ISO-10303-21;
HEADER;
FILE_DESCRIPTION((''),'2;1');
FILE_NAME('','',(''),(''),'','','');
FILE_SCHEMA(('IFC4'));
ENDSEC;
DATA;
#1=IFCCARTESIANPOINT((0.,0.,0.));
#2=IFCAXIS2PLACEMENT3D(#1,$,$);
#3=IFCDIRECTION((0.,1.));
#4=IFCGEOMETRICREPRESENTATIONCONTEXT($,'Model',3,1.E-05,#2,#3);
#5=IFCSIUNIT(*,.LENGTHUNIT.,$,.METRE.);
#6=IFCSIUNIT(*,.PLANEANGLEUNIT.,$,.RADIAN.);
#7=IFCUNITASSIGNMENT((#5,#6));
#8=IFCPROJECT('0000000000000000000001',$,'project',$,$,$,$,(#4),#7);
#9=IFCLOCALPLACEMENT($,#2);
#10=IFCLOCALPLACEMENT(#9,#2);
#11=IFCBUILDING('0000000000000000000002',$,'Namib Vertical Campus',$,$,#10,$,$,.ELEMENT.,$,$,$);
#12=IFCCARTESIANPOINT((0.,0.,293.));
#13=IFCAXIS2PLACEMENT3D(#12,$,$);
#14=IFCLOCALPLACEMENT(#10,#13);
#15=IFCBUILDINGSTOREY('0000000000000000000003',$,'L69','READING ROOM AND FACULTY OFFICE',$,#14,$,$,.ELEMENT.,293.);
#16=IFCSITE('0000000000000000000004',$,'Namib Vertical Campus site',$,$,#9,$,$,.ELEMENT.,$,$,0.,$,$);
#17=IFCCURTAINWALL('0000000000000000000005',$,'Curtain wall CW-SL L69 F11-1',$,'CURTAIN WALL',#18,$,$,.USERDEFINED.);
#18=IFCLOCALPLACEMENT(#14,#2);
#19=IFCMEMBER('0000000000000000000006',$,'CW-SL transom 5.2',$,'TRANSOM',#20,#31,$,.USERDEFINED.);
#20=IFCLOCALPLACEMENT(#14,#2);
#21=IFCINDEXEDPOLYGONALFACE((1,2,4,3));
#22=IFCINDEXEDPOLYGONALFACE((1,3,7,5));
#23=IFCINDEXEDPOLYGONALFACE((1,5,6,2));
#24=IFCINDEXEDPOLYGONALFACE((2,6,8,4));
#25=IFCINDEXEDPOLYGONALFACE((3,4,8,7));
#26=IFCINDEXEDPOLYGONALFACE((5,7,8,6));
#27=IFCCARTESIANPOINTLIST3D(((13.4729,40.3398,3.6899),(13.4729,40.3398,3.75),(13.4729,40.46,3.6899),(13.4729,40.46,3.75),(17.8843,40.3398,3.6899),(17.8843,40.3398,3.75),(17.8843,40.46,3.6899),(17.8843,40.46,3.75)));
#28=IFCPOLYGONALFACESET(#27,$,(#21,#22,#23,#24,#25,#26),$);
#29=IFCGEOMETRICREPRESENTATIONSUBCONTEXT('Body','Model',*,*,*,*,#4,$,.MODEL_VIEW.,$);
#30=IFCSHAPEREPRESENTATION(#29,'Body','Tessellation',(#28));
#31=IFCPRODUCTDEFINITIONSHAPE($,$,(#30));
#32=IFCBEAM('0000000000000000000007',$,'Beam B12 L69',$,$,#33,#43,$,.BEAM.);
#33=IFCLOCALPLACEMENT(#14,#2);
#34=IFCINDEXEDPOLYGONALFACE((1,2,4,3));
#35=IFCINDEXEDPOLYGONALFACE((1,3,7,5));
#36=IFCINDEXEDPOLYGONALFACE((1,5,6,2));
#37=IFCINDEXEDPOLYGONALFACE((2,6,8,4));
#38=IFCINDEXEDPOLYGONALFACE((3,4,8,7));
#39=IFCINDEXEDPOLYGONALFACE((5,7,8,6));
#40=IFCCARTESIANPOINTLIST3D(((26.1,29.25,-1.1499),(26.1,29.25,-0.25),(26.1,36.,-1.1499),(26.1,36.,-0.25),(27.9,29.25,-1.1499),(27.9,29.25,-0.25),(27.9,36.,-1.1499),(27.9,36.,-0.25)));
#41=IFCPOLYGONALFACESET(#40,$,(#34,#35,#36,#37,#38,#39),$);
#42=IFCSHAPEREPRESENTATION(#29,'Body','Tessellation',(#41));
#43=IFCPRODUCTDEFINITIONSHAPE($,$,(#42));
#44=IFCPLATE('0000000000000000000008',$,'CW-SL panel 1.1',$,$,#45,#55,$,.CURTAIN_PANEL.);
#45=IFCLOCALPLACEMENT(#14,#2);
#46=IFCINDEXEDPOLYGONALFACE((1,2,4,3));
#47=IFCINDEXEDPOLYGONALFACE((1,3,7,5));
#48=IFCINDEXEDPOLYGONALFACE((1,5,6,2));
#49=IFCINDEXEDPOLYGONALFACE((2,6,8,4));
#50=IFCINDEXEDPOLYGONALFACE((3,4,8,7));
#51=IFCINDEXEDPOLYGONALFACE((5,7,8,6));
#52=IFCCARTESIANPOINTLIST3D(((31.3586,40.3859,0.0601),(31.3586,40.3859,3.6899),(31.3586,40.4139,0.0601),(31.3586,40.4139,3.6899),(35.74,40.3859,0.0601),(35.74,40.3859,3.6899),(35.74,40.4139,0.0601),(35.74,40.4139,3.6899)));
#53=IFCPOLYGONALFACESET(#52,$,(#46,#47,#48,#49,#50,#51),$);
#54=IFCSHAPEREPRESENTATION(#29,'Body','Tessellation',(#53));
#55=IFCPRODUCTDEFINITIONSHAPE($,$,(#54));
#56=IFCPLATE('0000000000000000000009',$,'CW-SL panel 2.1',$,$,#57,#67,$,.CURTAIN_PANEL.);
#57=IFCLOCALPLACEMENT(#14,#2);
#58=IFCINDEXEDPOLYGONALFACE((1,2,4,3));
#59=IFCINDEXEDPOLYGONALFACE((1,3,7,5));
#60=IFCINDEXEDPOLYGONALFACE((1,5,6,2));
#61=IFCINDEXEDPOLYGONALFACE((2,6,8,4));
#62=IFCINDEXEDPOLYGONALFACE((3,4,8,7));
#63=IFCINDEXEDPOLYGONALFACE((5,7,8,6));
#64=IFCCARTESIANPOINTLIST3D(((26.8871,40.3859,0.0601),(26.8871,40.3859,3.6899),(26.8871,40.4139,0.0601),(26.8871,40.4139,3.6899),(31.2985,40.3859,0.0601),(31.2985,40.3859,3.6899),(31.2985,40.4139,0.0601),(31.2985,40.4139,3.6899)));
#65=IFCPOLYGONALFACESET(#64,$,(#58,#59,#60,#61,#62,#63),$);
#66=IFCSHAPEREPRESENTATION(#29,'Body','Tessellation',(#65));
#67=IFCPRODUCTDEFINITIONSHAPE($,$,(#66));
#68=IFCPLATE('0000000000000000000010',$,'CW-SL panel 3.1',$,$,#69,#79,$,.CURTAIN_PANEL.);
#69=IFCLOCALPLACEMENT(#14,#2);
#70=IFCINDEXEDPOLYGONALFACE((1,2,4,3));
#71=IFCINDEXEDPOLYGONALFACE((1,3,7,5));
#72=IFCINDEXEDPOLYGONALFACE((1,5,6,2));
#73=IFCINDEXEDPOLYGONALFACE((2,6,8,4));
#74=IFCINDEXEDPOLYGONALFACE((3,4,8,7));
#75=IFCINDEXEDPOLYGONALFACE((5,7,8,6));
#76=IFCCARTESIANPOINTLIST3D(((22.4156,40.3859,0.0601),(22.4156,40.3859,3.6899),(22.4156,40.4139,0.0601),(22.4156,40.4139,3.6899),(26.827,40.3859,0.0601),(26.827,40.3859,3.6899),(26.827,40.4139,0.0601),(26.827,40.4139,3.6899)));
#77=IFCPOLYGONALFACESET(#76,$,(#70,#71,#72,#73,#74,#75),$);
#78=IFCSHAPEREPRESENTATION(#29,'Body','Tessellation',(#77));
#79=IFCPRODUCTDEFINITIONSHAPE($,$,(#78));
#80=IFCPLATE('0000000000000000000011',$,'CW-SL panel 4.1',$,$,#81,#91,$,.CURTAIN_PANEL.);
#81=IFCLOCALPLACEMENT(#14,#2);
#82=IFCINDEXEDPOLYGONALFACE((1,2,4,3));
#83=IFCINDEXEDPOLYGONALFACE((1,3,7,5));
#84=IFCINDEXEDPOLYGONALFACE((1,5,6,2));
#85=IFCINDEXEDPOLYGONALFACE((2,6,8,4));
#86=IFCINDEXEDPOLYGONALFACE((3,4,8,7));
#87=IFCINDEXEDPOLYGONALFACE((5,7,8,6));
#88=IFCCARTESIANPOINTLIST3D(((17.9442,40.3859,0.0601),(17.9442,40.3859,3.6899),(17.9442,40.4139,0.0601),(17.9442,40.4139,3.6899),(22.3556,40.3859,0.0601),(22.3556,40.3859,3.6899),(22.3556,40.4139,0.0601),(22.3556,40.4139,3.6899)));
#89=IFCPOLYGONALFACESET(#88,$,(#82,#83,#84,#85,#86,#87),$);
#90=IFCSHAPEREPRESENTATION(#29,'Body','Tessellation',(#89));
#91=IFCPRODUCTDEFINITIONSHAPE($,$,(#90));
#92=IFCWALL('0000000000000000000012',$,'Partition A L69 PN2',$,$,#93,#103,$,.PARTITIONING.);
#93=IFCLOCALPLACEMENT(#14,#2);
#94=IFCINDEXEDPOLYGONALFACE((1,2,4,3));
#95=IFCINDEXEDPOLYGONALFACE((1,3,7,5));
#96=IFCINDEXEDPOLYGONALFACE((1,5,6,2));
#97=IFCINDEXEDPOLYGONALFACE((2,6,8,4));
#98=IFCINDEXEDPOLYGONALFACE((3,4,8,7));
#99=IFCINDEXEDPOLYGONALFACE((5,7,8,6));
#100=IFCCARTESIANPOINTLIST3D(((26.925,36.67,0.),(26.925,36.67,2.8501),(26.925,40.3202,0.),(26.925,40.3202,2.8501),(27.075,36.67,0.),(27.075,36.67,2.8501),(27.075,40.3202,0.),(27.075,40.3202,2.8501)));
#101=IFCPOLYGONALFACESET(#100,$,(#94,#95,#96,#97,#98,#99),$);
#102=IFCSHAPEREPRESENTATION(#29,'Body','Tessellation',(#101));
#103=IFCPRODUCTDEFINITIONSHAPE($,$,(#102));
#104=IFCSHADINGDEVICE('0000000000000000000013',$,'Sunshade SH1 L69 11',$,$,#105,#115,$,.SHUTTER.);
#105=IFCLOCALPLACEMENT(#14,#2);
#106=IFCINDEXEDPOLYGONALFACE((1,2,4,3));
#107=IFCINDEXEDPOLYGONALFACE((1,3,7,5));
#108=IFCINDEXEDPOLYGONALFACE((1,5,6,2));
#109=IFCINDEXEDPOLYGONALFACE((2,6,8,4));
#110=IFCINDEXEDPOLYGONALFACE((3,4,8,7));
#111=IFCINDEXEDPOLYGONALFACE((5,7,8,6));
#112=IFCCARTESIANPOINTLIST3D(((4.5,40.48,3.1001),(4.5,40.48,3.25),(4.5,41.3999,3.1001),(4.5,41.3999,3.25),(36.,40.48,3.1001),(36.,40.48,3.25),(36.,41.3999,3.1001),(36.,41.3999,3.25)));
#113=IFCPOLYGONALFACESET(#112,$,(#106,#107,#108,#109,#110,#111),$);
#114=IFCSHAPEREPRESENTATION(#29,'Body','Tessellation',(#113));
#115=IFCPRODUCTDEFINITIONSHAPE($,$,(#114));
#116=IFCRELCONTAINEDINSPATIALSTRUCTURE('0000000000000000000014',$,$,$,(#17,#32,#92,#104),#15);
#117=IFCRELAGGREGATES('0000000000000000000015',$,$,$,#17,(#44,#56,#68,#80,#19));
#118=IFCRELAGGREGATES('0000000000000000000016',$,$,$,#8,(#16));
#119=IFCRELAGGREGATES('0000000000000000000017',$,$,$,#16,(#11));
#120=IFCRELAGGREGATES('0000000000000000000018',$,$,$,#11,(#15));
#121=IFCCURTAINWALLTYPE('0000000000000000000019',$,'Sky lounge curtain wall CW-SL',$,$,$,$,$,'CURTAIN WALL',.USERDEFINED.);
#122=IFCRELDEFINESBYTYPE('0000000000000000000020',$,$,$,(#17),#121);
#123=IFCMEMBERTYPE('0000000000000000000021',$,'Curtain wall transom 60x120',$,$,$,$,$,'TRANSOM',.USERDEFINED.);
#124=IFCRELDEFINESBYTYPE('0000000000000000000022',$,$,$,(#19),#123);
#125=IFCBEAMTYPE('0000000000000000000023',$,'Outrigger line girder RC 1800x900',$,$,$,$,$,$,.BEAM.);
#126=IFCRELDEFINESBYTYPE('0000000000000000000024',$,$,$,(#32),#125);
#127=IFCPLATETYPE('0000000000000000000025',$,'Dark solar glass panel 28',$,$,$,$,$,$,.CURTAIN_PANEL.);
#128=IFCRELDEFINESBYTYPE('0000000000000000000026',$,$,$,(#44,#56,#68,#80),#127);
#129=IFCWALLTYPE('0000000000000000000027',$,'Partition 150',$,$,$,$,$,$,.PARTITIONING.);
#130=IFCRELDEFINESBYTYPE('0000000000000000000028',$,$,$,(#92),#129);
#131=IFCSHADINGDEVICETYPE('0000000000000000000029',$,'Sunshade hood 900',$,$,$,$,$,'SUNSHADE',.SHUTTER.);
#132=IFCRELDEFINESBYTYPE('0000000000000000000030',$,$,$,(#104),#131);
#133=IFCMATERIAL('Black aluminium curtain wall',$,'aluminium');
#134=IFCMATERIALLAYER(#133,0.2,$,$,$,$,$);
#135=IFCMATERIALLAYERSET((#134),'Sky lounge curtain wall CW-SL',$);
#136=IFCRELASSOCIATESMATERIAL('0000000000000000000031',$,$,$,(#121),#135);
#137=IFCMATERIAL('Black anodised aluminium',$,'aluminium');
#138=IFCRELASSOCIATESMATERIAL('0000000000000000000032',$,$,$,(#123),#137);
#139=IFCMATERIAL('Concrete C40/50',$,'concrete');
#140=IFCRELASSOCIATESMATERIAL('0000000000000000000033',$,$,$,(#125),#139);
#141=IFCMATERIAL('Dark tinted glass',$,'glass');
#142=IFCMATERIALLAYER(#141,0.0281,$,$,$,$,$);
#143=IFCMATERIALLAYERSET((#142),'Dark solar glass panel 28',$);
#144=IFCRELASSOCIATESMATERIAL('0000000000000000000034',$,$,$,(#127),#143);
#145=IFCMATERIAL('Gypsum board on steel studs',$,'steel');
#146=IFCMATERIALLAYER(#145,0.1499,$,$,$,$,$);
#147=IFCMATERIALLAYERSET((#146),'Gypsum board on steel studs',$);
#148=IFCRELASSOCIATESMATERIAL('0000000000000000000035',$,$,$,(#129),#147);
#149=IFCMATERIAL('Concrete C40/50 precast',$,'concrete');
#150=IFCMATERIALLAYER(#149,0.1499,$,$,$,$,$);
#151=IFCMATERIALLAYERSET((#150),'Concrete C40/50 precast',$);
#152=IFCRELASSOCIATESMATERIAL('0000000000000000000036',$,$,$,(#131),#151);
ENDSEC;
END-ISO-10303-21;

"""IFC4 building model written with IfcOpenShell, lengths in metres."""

from ifc_helpers import new_model, si_unit, direction, frame, frame_2d, origin, origin_2d, place, context, subcontext, project, spatial, rectangle, extrude, material, layer, layer_set, material_profile, profile_set, type_object, element, aggregate, save


model = new_model("IFC4")

# Units and contexts
model_context = context("Model", 3, precision=1e-05, world=origin(), true_north=direction((0.0, 1.0)))
body_context = subcontext(model_context, "Body", "Model", "MODEL_VIEW")
ifc_project = project(units=[si_unit("LENGTHUNIT", "METRE"), si_unit("PLANEANGLEUNIT", "RADIAN")], contexts=[model_context])

# Site, building, storey
site_placement = place(None, origin())
site = spatial("IfcSite", under=ifc_project, at=site_placement, Name="Namib Vertical Campus site", CompositionType="ELEMENT", RefElevation=0.0)
building_placement = place(site_placement, origin())
building = spatial("IfcBuilding", under=site, at=building_placement, Name="Namib Vertical Campus", CompositionType="ELEMENT")
storey_placement = place(building_placement, frame((0.0, 0.0, 293.0)))
storey = spatial("IfcBuildingStorey", under=building, at=storey_placement, Name="L69", Description="READING ROOM AND FACULTY OFFICE", CompositionType="ELEMENT", Elevation=293.0)

# Curtain wall, member
ifc_material_1 = material(Name="Black aluminium curtain wall", Category="aluminium")
ifc_layer_1 = layer(ifc_material_1, 0.2)
ifc_layer_set_1 = layer_set([ifc_layer_1], Name="Sky lounge curtain wall CW-SL")
curtain_wall_type = type_object("IfcCurtainWallType", Name="Sky lounge curtain wall CW-SL", ElementType="CURTAIN WALL", PredefinedType="USERDEFINED", material=ifc_layer_set_1)
curtain_wall_placement = place(storey_placement, origin())
curtain_wall = element("IfcCurtainWall", 1, at=curtain_wall_placement, inside=storey, type_object=curtain_wall_type, Name="Curtain wall CW-SL L69 F11-1", ObjectType="CURTAIN WALL", PredefinedType="USERDEFINED")
ifc_material_2 = material(Name="Black anodised aluminium", Category="aluminium")
ifc_material_profile_1 = material_profile(ifc_material_2, rectangle(XDim=0.0601, YDim=0.1201, at=origin_2d()))
ifc_profile_set_1 = profile_set([ifc_material_profile_1], Name="Black anodised aluminium")
member_type_1 = type_object("IfcMemberType", Name="Curtain wall transom 60x120", ElementType="TRANSOM", PredefinedType="USERDEFINED", material=ifc_profile_set_1)
member_1_placement = place(storey_placement, frame((17.8843, 40.3999, 3.72), z_axis=(-1.0, 0.0, 0.0), x_axis=(0.0, 0.0, 1.0)))
member_1 = element("IfcMember", 2, at=member_1_placement, type_object=member_type_1, Name="CW-SL transom 5.2", ObjectType="TRANSOM", PredefinedType="USERDEFINED", context=body_context, shape_type="SweptSolid", body=[
    extrude(rectangle(XDim=0.0601, YDim=0.1201, at=origin_2d()), origin(), (0.0, 0.0, 1.0), 4.4114),
])

# Beam
ifc_material_3 = material(Name="Concrete C40/50", Category="concrete")
ifc_material_profile_2 = material_profile(ifc_material_3, rectangle(XDim=1.8, YDim=0.8999, at=origin_2d()))
ifc_profile_set_2 = profile_set([ifc_material_profile_2], Name="Concrete C40/50")
beam_type_1 = type_object("IfcBeamType", Name="Outrigger line girder RC 1800x900", PredefinedType="BEAM", material=ifc_profile_set_2)
beam_1_placement = place(storey_placement, frame((27.0, 36.0, -0.7), z_axis=(0.0, -1.0, 0.0), x_axis=(1.0, 0.0, 0.0)))
element("IfcBeam", 3, at=beam_1_placement, inside=storey, type_object=beam_type_1, Name="Beam B12 L69", PredefinedType="BEAM", context=body_context, shape_type="SweptSolid", body=[
    extrude(rectangle(XDim=1.8, YDim=0.8999, at=origin_2d()), origin(), (0.0, 0.0, 1.0), 6.75),
])

# Plates
ifc_material_4 = material(Name="Dark tinted glass", Category="glass")
ifc_layer_2 = layer(ifc_material_4, 0.0281)
ifc_layer_set_2 = layer_set([ifc_layer_2], Name="Dark solar glass panel 28")
plate_type = type_object("IfcPlateType", Name="Dark solar glass panel 28", PredefinedType="CURTAIN_PANEL", material=ifc_layer_set_2)
plate_1_placement = place(storey_placement, frame((33.5493, 40.3999, 0.0601), z_axis=(0.0, 0.0, 1.0), x_axis=(-1.0, 0.0, 0.0)))
plate_1 = element("IfcPlate", 4, at=plate_1_placement, type_object=plate_type, Name="CW-SL panel 1.1", PredefinedType="CURTAIN_PANEL", context=body_context, shape_type="SweptSolid", body=[
    extrude(rectangle(XDim=4.3813, YDim=0.0281, at=origin_2d()), origin(), (0.0, 0.0, 1.0), 3.6299),
])
plate_2_placement = place(storey_placement, frame((29.0928, 40.3999, 0.0601), z_axis=(0.0, 0.0, 1.0), x_axis=(-1.0, 0.0, 0.0)))
plate_2 = element("IfcPlate", 5, at=plate_2_placement, type_object=plate_type, Name="CW-SL panel 2.1", PredefinedType="CURTAIN_PANEL", context=body_context, shape_type="SweptSolid", body=[
    extrude(rectangle(XDim=4.4114, YDim=0.0281, at=origin_2d()), origin(), (0.0, 0.0, 1.0), 3.6299),
])
plate_3_placement = place(storey_placement, frame((24.6213, 40.3999, 0.0601), z_axis=(0.0, 0.0, 1.0), x_axis=(-1.0, 0.0, 0.0)))
plate_3 = element("IfcPlate", 6, at=plate_3_placement, type_object=plate_type, Name="CW-SL panel 3.1", PredefinedType="CURTAIN_PANEL", context=body_context, shape_type="SweptSolid", body=[
    extrude(rectangle(XDim=4.4114, YDim=0.0281, at=origin_2d()), origin(), (0.0, 0.0, 1.0), 3.6299),
])
plate_4_placement = place(storey_placement, frame((20.1499, 40.3999, 0.0601), z_axis=(0.0, 0.0, 1.0), x_axis=(-1.0, 0.0, 0.0)))
plate_4 = element("IfcPlate", 7, at=plate_4_placement, type_object=plate_type, Name="CW-SL panel 4.1", PredefinedType="CURTAIN_PANEL", context=body_context, shape_type="SweptSolid", body=[
    extrude(rectangle(XDim=4.4114, YDim=0.0281, at=origin_2d()), origin(), (0.0, 0.0, 1.0), 3.6299),
])
aggregate(curtain_wall, [plate_1, plate_2, plate_3, plate_4, member_1])

# Wall
ifc_material_5 = material(Name="Gypsum board on steel studs", Category="steel")
ifc_layer_3 = layer(ifc_material_5, 0.1499)
ifc_layer_set_3 = layer_set([ifc_layer_3], Name="Gypsum board on steel studs")
wall_type = type_object("IfcWallType", Name="Partition 150", PredefinedType="PARTITIONING", material=ifc_layer_set_3)
wall_placement = place(storey_placement, frame((27.0, 36.6699, 0.0), z_axis=(0.0, 0.0, 1.0), x_axis=(0.0, 1.0, 0.0)))
element("IfcWall", 8, at=wall_placement, inside=storey, type_object=wall_type, Name="Partition A L69 PN2", PredefinedType="PARTITIONING", context=body_context, shape_type="SweptSolid", body=[
    extrude(rectangle(XDim=3.6501, YDim=0.1499, at=frame_2d((1.8252, 0.0))), origin(), (0.0, 0.0, 1.0), 2.8501),
])

# Shading device
ifc_material_6 = material(Name="Concrete C40/50 precast", Category="concrete")
ifc_layer_4 = layer(ifc_material_6, 0.1499)
ifc_layer_set_4 = layer_set([ifc_layer_4], Name="Concrete C40/50 precast")
shading_device_type = type_object("IfcShadingDeviceType", Name="Sunshade hood 900", ElementType="SUNSHADE", PredefinedType="SHUTTER", material=ifc_layer_set_4)
shading_device_placement = place(storey_placement, frame((20.25, 40.9399, 3.1001), z_axis=(0.0, 0.0, 1.0), x_axis=(-1.0, 0.0, 0.0)))
element("IfcShadingDevice", 9, at=shading_device_placement, inside=storey, type_object=shading_device_type, Name="Sunshade SH1 L69 11", PredefinedType="SHUTTER", context=body_context, shape_type="SweptSolid", body=[
    extrude(rectangle(XDim=31.5, YDim=0.9199, at=origin_2d()), origin(), (0.0, 0.0, 1.0), 0.1499),
])

save(model, "model.ifc")
